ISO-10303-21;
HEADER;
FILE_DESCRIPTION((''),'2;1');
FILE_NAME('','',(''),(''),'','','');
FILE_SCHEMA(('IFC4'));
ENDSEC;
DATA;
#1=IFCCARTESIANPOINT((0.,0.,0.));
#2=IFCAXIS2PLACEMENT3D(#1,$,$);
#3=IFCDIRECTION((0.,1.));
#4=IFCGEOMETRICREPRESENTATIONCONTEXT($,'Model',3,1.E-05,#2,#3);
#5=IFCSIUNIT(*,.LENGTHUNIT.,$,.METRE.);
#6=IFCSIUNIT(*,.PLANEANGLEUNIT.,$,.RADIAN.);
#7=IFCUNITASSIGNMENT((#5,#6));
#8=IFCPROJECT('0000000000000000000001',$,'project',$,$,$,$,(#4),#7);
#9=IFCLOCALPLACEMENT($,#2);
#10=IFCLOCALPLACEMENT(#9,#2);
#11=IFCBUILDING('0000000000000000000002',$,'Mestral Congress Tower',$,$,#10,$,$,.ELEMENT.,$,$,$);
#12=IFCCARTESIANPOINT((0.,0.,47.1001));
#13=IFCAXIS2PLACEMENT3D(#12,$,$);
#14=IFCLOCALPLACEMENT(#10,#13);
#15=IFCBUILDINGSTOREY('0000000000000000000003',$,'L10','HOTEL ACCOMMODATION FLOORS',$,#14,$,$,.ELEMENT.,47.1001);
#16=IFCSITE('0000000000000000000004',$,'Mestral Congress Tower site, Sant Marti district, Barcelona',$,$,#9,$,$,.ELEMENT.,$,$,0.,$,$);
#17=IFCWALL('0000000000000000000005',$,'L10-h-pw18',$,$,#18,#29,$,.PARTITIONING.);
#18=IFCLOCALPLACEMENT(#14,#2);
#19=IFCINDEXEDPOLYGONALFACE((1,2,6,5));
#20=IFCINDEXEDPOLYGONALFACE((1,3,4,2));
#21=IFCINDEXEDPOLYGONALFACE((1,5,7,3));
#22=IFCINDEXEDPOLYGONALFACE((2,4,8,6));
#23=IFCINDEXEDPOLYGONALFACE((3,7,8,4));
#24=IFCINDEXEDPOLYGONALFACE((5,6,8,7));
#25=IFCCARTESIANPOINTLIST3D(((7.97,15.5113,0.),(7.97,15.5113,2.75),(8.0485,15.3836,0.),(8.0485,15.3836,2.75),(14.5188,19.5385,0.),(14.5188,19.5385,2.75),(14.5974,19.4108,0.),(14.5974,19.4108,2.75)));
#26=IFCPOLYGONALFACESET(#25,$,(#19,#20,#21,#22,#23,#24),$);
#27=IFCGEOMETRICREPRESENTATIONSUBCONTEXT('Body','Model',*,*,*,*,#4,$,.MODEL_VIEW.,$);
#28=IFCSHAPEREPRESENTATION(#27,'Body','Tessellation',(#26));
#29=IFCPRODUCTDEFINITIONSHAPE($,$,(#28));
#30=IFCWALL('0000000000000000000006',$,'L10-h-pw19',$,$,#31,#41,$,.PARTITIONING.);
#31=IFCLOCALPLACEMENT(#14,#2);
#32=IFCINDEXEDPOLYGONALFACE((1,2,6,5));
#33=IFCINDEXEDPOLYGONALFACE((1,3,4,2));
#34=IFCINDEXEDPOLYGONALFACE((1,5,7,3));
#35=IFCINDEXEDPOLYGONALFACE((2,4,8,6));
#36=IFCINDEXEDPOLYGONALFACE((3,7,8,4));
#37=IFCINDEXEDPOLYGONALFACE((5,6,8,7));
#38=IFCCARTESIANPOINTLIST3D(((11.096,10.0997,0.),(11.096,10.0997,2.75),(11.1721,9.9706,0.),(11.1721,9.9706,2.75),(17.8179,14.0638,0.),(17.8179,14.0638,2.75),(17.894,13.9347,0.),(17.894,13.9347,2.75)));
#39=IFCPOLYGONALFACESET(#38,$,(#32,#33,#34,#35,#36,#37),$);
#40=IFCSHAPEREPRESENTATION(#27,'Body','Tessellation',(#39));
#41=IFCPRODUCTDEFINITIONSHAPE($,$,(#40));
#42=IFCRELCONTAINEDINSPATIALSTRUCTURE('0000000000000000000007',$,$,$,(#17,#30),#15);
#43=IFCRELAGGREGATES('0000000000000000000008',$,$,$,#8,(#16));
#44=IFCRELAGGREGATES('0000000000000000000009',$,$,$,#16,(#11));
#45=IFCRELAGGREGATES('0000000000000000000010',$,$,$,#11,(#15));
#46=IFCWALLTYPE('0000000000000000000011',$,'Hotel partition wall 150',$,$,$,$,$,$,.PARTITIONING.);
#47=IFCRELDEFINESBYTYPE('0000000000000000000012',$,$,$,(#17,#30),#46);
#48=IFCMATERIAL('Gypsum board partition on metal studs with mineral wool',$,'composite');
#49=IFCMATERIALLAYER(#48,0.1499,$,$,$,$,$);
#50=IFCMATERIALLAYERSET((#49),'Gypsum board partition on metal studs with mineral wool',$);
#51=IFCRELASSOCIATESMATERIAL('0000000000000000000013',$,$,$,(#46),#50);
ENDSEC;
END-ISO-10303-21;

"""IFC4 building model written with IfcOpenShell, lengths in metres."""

from ifc_helpers import new_model, si_unit, direction, frame, frame_2d, origin, place, context, subcontext, project, spatial, rectangle, extrude, material, layer, layer_set, type_object, element, save


model = new_model("IFC4")

# Units and contexts
model_context = context("Model", 3, precision=1e-05, world=origin(), true_north=direction((0.0, 1.0)))
body_context = subcontext(model_context, "Body", "Model", "MODEL_VIEW")
ifc_project = project(units=[si_unit("LENGTHUNIT", "METRE"), si_unit("PLANEANGLEUNIT", "RADIAN")], contexts=[model_context])

# Site, building, storey
site_placement = place(None, origin())
site = spatial("IfcSite", under=ifc_project, at=site_placement, Name="Mestral Congress Tower site, Sant Marti district, Barcelona", CompositionType="ELEMENT", RefElevation=0.0)
building_placement = place(site_placement, origin())
building = spatial("IfcBuilding", under=site, at=building_placement, Name="Mestral Congress Tower", CompositionType="ELEMENT")
storey_placement = place(building_placement, frame((0.0, 0.0, 47.1001)))
storey = spatial("IfcBuildingStorey", under=building, at=storey_placement, Name="L10", Description="HOTEL ACCOMMODATION FLOORS", CompositionType="ELEMENT", Elevation=47.1001)

# Shared definitions
ifc_material_1 = material(Name="Gypsum board partition on metal studs with mineral wool", Category="composite")

# Walls
ifc_layer_1 = layer(ifc_material_1, 0.1499)
ifc_layer_set_1 = layer_set([ifc_layer_1], Name="Gypsum board partition on metal studs with mineral wool")
wall_type_1 = type_object("IfcWallType", Name="Hotel partition wall 150", PredefinedType="PARTITIONING", material=ifc_layer_set_1)
wall_1_placement = place(storey_placement, frame((14.5581, 19.4746, 0.0), z_axis=(0.0, 0.0, 1.0), x_axis=(-0.851829, -0.523819, 0.0)))
element("IfcWall", 1, at=wall_1_placement, inside=storey, type_object=wall_type_1, Name="L10-h-pw18", PredefinedType="PARTITIONING", context=body_context, shape_type="SweptSolid", body=[
    extrude(rectangle(XDim=7.688, YDim=0.1499, at=frame_2d((3.844, 0.0))), origin(), (0.0, 0.0, 1.0), 2.75),
])
wall_2_placement = place(storey_placement, frame((17.856, 13.9993, 0.0), z_axis=(0.0, 0.0, 1.0), x_axis=(-0.861372, -0.507975, 0.0)))
element("IfcWall", 2, at=wall_2_placement, inside=storey, type_object=wall_type_1, Name="L10-h-pw19", PredefinedType="PARTITIONING", context=body_context, shape_type="SweptSolid", body=[
    extrude(rectangle(XDim=7.8037, YDim=0.1499, at=frame_2d((3.9019, 0.0))), origin(), (0.0, 0.0, 1.0), 2.75),
])

save(model, "model.ifc")
